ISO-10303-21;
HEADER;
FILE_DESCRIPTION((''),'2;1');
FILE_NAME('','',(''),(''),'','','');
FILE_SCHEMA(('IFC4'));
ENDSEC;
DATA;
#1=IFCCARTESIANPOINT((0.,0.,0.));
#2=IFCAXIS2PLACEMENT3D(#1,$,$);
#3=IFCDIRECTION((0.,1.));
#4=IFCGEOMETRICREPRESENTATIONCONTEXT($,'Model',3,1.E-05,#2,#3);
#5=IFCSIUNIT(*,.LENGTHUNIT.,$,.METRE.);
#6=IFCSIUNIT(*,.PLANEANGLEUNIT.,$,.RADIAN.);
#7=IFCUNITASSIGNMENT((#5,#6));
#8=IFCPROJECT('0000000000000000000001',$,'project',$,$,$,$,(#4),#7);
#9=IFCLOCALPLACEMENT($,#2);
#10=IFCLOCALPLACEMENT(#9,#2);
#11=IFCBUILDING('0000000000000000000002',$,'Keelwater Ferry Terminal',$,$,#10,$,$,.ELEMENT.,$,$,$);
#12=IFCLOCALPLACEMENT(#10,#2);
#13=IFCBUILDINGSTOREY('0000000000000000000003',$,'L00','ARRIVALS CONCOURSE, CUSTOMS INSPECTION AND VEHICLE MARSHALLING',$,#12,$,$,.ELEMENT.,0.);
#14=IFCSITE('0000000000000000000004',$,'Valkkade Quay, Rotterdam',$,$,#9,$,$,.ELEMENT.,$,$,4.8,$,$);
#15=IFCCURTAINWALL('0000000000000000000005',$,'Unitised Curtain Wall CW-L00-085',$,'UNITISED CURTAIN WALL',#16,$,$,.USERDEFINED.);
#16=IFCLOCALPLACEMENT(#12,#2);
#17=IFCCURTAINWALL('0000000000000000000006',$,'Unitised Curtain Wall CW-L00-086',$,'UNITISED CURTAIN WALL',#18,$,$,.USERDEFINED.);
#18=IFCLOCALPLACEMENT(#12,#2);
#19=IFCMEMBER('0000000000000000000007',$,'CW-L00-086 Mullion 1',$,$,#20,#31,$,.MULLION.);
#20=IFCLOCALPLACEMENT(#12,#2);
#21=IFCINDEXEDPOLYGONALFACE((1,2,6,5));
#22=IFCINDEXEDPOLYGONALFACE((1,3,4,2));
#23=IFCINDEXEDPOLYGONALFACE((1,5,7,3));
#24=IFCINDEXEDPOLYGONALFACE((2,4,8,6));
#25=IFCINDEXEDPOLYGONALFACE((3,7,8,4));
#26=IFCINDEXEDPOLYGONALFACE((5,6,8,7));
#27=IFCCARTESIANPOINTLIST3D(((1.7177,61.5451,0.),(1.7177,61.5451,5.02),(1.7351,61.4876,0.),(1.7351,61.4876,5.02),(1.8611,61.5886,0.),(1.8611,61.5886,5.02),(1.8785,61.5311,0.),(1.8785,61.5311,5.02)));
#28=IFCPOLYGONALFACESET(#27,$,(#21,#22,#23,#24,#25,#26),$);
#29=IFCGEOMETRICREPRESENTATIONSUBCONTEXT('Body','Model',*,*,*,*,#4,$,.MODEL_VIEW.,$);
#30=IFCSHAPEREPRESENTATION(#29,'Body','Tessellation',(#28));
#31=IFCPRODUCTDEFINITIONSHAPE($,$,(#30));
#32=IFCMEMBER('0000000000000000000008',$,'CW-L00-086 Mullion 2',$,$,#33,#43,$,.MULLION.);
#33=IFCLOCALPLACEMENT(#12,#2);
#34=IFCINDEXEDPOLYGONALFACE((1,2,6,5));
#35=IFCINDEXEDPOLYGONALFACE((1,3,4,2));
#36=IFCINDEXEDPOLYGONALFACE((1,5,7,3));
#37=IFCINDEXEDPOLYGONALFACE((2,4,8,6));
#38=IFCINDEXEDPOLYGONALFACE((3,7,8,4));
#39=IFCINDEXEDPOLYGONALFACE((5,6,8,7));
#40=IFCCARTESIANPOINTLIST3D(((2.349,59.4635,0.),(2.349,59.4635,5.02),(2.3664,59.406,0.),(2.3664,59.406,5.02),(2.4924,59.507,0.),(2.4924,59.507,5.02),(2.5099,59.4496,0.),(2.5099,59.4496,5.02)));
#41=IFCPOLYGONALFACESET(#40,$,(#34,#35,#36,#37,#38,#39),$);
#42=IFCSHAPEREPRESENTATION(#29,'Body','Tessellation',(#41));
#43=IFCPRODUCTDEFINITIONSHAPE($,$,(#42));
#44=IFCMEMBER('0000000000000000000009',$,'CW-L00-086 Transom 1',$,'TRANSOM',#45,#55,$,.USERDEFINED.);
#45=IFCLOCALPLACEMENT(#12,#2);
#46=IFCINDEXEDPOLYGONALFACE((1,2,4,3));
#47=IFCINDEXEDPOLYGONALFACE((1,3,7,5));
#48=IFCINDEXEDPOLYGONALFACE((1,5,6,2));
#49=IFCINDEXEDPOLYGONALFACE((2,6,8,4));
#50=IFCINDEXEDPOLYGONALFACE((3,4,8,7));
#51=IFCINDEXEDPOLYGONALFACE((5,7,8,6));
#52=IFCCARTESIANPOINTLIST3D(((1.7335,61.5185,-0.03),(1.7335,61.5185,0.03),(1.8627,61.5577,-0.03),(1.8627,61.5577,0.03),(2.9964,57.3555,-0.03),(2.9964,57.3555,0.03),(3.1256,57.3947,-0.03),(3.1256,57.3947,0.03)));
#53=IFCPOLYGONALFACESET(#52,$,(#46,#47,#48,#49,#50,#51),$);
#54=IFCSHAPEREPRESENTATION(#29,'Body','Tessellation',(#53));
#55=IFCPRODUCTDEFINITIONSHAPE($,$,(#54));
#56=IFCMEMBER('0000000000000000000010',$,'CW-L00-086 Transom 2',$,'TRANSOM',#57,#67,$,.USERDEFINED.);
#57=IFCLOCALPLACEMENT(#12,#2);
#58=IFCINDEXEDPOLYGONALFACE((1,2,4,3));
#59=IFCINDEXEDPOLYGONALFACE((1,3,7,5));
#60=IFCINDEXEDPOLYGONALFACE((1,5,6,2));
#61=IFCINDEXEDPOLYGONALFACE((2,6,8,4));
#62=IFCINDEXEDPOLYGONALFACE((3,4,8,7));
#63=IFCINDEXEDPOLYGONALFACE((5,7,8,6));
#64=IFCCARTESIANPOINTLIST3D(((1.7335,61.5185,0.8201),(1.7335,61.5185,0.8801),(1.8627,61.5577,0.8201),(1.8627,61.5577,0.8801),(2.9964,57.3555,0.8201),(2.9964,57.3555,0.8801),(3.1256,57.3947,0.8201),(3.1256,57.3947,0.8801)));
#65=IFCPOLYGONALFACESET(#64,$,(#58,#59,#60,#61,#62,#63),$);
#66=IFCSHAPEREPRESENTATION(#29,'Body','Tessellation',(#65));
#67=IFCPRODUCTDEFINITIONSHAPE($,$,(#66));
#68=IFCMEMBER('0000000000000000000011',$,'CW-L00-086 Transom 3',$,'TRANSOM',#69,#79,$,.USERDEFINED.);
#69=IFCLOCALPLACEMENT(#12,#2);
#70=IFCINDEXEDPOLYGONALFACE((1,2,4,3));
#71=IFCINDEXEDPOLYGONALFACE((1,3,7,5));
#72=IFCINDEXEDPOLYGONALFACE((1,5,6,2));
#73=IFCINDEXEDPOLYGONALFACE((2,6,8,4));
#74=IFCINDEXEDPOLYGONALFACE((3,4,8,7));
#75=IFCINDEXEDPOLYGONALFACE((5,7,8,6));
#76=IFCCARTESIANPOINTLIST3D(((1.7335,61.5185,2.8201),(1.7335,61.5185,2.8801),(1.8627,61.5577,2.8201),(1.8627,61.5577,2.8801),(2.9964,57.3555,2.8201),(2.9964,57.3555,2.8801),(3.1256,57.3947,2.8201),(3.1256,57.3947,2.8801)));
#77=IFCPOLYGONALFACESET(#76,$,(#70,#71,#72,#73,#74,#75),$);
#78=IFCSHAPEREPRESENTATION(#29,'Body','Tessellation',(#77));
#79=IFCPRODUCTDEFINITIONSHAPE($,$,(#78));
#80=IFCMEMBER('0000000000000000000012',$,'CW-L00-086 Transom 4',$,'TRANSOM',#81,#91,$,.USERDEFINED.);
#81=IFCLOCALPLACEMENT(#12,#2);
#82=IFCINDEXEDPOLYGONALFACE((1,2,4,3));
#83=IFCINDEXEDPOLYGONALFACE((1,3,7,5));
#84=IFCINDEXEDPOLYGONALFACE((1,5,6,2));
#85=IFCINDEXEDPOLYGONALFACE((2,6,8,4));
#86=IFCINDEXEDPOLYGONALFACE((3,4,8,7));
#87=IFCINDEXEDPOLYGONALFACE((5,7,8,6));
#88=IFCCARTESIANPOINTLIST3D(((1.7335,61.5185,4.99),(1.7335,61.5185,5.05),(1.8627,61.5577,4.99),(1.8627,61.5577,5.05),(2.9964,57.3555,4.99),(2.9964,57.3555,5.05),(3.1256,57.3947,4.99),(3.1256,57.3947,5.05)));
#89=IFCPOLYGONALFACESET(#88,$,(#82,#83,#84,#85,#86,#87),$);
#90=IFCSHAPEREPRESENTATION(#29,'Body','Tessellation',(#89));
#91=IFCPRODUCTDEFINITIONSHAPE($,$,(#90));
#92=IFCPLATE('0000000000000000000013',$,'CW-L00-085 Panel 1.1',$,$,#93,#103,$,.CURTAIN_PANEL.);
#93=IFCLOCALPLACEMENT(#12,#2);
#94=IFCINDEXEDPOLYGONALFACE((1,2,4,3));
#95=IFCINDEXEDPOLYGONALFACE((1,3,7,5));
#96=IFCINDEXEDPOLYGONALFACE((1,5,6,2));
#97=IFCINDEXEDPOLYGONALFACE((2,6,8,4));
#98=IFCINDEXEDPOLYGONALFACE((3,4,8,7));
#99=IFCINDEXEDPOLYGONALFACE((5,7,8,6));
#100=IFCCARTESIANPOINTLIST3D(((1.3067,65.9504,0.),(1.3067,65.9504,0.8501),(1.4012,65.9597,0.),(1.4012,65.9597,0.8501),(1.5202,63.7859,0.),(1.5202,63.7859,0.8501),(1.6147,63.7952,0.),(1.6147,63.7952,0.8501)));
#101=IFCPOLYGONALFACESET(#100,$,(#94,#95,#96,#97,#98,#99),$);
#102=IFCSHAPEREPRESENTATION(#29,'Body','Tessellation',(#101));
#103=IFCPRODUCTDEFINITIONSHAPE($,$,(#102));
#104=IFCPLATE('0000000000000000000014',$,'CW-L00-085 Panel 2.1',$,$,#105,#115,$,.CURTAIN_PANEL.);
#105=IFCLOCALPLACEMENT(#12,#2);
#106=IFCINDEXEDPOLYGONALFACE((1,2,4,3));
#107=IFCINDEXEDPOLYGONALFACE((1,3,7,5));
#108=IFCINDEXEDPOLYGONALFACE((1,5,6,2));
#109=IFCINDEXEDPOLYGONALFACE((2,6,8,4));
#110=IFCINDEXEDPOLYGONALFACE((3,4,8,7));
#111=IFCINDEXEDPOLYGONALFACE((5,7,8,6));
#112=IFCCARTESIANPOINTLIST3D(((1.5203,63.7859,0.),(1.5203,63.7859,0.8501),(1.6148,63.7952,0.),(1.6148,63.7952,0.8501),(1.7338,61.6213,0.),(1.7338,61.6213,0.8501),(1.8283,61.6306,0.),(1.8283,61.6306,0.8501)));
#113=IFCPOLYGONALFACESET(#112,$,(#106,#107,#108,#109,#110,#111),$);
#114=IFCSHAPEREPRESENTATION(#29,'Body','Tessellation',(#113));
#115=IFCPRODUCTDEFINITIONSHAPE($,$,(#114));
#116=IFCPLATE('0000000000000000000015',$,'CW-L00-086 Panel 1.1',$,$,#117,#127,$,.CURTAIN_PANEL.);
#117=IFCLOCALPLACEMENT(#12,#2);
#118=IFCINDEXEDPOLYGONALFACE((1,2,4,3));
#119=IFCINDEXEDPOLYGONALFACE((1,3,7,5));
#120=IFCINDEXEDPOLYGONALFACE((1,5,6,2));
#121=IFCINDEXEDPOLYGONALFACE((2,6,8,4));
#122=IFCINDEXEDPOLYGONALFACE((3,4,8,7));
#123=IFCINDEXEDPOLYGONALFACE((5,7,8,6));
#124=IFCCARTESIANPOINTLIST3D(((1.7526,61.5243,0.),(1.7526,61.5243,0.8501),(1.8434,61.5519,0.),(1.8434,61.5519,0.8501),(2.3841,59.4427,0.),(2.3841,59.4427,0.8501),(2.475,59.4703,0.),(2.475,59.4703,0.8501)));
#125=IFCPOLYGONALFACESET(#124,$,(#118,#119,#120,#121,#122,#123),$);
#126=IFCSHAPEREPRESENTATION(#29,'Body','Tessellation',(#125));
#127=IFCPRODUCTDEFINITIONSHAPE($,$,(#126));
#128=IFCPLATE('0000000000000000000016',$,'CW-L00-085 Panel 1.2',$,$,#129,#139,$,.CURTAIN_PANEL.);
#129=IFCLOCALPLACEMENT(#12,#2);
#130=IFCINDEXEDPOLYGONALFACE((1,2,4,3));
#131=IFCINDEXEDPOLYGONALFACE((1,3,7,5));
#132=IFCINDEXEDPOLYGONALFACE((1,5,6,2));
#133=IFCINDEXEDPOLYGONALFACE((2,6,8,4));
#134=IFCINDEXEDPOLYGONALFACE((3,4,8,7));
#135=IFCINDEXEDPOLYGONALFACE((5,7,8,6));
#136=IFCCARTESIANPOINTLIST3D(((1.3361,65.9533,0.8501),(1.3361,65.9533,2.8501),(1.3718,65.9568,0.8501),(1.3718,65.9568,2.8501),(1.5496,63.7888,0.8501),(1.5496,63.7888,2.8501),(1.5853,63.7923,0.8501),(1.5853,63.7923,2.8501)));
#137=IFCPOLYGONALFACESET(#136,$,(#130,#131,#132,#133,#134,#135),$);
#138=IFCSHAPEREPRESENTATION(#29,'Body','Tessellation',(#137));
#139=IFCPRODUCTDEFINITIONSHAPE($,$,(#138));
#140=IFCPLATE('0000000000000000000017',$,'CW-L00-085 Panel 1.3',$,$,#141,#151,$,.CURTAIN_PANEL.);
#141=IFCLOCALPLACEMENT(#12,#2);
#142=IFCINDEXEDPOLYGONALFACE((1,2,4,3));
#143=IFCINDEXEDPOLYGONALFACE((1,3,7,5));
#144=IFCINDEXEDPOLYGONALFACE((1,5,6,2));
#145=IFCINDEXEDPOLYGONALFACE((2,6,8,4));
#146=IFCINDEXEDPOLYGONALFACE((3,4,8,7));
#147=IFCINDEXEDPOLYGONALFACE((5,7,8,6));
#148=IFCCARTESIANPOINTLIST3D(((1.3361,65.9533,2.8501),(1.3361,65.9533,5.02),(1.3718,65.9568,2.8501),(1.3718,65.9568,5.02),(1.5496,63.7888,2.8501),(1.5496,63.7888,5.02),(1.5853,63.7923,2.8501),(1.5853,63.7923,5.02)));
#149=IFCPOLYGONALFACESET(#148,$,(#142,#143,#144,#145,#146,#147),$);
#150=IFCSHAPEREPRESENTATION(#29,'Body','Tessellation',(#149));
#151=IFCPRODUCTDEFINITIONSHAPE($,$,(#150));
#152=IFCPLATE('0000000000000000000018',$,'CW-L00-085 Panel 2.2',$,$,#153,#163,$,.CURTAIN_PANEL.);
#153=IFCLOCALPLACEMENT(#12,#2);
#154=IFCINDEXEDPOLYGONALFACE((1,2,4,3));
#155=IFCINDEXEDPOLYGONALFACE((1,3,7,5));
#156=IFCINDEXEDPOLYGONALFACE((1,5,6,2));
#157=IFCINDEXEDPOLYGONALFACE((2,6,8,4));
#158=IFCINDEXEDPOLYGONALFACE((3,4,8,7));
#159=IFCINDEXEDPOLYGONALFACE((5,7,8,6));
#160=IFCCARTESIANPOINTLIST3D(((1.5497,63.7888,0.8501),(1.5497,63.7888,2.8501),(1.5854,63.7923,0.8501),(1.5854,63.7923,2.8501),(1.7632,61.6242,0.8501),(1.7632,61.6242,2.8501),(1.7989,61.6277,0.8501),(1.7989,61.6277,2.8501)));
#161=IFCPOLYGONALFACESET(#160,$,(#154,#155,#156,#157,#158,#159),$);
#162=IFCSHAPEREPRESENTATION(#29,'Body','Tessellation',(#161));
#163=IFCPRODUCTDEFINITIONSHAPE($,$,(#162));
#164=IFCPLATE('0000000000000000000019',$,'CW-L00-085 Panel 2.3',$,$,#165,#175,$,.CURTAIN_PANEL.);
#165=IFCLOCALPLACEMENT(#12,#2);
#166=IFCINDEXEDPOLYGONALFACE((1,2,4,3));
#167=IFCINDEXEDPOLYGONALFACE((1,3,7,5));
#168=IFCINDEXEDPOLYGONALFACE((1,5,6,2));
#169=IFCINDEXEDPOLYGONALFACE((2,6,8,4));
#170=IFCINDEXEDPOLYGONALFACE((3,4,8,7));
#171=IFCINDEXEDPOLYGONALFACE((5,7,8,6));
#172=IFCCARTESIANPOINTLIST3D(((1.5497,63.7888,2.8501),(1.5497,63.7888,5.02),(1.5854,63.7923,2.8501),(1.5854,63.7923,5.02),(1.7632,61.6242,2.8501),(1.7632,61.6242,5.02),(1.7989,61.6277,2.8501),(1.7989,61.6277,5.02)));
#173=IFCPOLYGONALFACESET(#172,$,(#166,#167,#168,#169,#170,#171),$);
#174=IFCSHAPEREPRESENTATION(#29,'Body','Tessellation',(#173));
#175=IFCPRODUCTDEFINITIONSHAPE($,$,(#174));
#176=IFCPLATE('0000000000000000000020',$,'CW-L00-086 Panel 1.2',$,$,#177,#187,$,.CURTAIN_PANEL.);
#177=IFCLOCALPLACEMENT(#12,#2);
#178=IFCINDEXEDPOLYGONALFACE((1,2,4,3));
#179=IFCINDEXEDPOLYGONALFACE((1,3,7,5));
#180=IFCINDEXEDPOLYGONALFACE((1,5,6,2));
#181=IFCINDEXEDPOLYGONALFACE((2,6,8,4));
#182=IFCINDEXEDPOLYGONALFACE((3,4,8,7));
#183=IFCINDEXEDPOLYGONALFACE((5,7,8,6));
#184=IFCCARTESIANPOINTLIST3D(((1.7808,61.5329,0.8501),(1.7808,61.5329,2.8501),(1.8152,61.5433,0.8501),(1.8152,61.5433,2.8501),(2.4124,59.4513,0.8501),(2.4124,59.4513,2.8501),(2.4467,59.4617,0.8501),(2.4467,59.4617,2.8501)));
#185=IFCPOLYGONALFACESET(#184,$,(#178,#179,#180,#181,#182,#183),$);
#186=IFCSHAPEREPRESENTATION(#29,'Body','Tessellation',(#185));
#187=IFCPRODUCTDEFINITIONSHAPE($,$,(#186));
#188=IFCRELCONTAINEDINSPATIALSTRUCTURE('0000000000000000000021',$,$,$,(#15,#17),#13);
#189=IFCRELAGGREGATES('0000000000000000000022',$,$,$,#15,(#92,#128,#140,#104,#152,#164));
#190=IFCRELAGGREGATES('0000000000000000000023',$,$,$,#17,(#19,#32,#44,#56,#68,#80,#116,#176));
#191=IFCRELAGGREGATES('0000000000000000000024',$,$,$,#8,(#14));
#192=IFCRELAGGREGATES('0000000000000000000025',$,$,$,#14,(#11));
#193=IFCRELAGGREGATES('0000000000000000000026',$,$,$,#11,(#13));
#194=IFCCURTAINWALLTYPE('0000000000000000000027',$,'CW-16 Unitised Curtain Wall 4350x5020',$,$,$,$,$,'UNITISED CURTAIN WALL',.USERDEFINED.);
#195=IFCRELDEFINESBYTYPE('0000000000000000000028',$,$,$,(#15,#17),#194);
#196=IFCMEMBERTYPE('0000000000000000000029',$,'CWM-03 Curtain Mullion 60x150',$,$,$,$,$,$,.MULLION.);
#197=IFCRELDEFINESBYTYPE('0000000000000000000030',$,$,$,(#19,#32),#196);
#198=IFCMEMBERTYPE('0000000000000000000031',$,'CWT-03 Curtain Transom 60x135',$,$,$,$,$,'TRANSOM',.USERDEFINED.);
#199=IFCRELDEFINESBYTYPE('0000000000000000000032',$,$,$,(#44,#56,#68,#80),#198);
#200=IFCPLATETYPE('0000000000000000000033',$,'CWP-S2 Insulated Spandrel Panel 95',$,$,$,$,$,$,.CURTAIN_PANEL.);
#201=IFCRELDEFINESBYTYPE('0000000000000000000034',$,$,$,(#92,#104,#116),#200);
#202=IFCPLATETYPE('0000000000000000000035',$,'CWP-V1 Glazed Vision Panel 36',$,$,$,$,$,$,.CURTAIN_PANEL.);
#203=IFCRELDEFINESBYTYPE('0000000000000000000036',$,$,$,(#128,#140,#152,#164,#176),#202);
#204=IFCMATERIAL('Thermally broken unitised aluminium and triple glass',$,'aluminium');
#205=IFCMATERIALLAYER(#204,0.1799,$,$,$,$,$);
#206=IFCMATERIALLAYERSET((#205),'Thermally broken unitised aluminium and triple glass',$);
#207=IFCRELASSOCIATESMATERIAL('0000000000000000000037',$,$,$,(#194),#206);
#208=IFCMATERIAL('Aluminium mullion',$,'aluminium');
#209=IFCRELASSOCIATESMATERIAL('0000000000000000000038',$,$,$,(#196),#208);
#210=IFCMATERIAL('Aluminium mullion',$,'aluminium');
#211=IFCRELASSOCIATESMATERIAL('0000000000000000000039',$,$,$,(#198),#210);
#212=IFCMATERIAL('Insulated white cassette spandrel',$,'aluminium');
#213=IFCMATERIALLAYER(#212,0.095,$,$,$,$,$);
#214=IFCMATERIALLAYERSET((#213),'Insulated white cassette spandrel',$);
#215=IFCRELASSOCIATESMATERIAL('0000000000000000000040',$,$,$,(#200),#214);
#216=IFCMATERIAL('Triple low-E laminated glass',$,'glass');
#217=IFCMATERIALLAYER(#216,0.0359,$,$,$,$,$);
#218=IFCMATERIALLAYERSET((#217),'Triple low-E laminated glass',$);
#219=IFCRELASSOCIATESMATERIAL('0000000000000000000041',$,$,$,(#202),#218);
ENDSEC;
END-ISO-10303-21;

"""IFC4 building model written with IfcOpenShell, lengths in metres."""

from ifc_helpers import new_model, si_unit, direction, frame, origin, origin_2d, place, context, subcontext, project, spatial, rectangle, extrude, material, layer, layer_set, material_profile, profile_set, type_object, element, aggregate, save


model = new_model("IFC4")

# Units and contexts
model_context = context("Model", 3, precision=1e-05, world=origin(), true_north=direction((0.0, 1.0)))
body_context = subcontext(model_context, "Body", "Model", "MODEL_VIEW")
ifc_project = project(units=[si_unit("LENGTHUNIT", "METRE"), si_unit("PLANEANGLEUNIT", "RADIAN")], contexts=[model_context])

# Site, building, storey
site_placement = place(None, origin())
site = spatial("IfcSite", under=ifc_project, at=site_placement, Name="Valkkade Quay, Rotterdam", CompositionType="ELEMENT", RefElevation=4.8)
building_placement = place(site_placement, origin())
building = spatial("IfcBuilding", under=site, at=building_placement, Name="Keelwater Ferry Terminal", CompositionType="ELEMENT")
storey_placement = place(building_placement, origin())
storey = spatial("IfcBuildingStorey", under=building, at=storey_placement, Name="L00", Description="ARRIVALS CONCOURSE, CUSTOMS INSPECTION AND VEHICLE MARSHALLING", CompositionType="ELEMENT", Elevation=0.0)

# Curtain walls, members
ifc_material_1 = material(Name="Thermally broken unitised aluminium and triple glass", Category="aluminium")
ifc_layer_1 = layer(ifc_material_1, 0.1799)
ifc_layer_set_1 = layer_set([ifc_layer_1], Name="Thermally broken unitised aluminium and triple glass")
curtain_wall_type = type_object("IfcCurtainWallType", Name="CW-16 Unitised Curtain Wall 4350x5020", ElementType="UNITISED CURTAIN WALL", PredefinedType="USERDEFINED", material=ifc_layer_set_1)
curtain_wall_1_placement = place(storey_placement, origin())
curtain_wall_1 = element("IfcCurtainWall", 1, at=curtain_wall_1_placement, inside=storey, type_object=curtain_wall_type, Name="Unitised Curtain Wall CW-L00-085", ObjectType="UNITISED CURTAIN WALL", PredefinedType="USERDEFINED")
ifc_material_2 = material(Name="Aluminium mullion", Category="aluminium")
ifc_material_profile_1 = material_profile(ifc_material_2, rectangle(XDim=0.0601, YDim=0.1499, at=origin_2d()), Name="CWM-03")
ifc_profile_set_1 = profile_set([ifc_material_profile_1], Name="Aluminium mullion")
member_type_1 = type_object("IfcMemberType", Name="CWM-03 Curtain Mullion 60x150", PredefinedType="MULLION", material=ifc_profile_set_1)
curtain_wall_2_placement = place(storey_placement, origin())
curtain_wall_2 = element("IfcCurtainWall", 2, at=curtain_wall_2_placement, inside=storey, type_object=curtain_wall_type, Name="Unitised Curtain Wall CW-L00-086", ObjectType="UNITISED CURTAIN WALL", PredefinedType="USERDEFINED")
member_1_placement = place(storey_placement, frame((1.7981, 61.5381, 0.0), z_axis=(0.0, 0.0, 1.0), x_axis=(0.29032, -0.95693, 0.0)))
member_1 = element("IfcMember", 3, at=member_1_placement, type_object=member_type_1, Name="CW-L00-086 Mullion 1", PredefinedType="MULLION", context=body_context, shape_type="SweptSolid", body=[
    extrude(rectangle(XDim=0.0601, YDim=0.1499, at=origin_2d()), origin(), (0.0, 0.0, 1.0), 5.02),
])
member_2_placement = place(storey_placement, frame((2.4294, 59.4565, 0.0), z_axis=(0.0, 0.0, 1.0), x_axis=(0.29032, -0.95693, 0.0)))
member_2 = element("IfcMember", 4, at=member_2_placement, type_object=member_type_1, Name="CW-L00-086 Mullion 2", PredefinedType="MULLION", context=body_context, shape_type="SweptSolid", body=[
    extrude(rectangle(XDim=0.0601, YDim=0.1499, at=origin_2d()), origin(), (0.0, 0.0, 1.0), 5.02),
])
ifc_material_3 = material(Name="Aluminium mullion", Category="aluminium")
ifc_material_profile_2 = material_profile(ifc_material_3, rectangle(XDim=0.135, YDim=0.0601, at=origin_2d()), Name="CWT-03")
ifc_profile_set_2 = profile_set([ifc_material_profile_2], Name="Aluminium mullion")
member_type_2 = type_object("IfcMemberType", Name="CWT-03 Curtain Transom 60x135", ElementType="TRANSOM", PredefinedType="USERDEFINED", material=ifc_profile_set_2)
member_3_placement = place(storey_placement, frame((1.7981, 61.5381, 0.0), z_axis=(0.290302, -0.956935, 0.0), x_axis=(0.956935, 0.290302, 0.0)))
member_3 = element("IfcMember", 5, at=member_3_placement, type_object=member_type_2, Name="CW-L00-086 Transom 1", ObjectType="TRANSOM", PredefinedType="USERDEFINED", context=body_context, shape_type="SweptSolid", body=[
    extrude(rectangle(XDim=0.135, YDim=0.0601, at=origin_2d()), origin(), (0.0, 0.0, 1.0), 4.3503),
])
member_4_placement = place(storey_placement, frame((1.7981, 61.5381, 0.8501), z_axis=(0.290302, -0.956935, 0.0), x_axis=(0.956935, 0.290302, 0.0)))
member_4 = element("IfcMember", 6, at=member_4_placement, type_object=member_type_2, Name="CW-L00-086 Transom 2", ObjectType="TRANSOM", PredefinedType="USERDEFINED", context=body_context, shape_type="SweptSolid", body=[
    extrude(rectangle(XDim=0.135, YDim=0.0601, at=origin_2d()), origin(), (0.0, 0.0, 1.0), 4.3503),
])
member_5_placement = place(storey_placement, frame((1.7981, 61.5381, 2.8501), z_axis=(0.290302, -0.956935, 0.0), x_axis=(0.956935, 0.290302, 0.0)))
member_5 = element("IfcMember", 7, at=member_5_placement, type_object=member_type_2, Name="CW-L00-086 Transom 3", ObjectType="TRANSOM", PredefinedType="USERDEFINED", context=body_context, shape_type="SweptSolid", body=[
    extrude(rectangle(XDim=0.135, YDim=0.0601, at=origin_2d()), origin(), (0.0, 0.0, 1.0), 4.3503),
])
member_6_placement = place(storey_placement, frame((1.7981, 61.5381, 5.02), z_axis=(0.290302, -0.956935, 0.0), x_axis=(0.956935, 0.290302, 0.0)))
member_6 = element("IfcMember", 8, at=member_6_placement, type_object=member_type_2, Name="CW-L00-086 Transom 4", ObjectType="TRANSOM", PredefinedType="USERDEFINED", context=body_context, shape_type="SweptSolid", body=[
    extrude(rectangle(XDim=0.135, YDim=0.0601, at=origin_2d()), origin(), (0.0, 0.0, 1.0), 4.3503),
])

# Plates
ifc_material_4 = material(Name="Insulated white cassette spandrel", Category="aluminium")
ifc_layer_2 = layer(ifc_material_4, 0.095)
ifc_layer_set_2 = layer_set([ifc_layer_2], Name="Insulated white cassette spandrel")
plate_type_1 = type_object("IfcPlateType", Name="CWP-S2 Insulated Spandrel Panel 95", PredefinedType="CURTAIN_PANEL", material=ifc_layer_set_2)
plate_1_placement = place(storey_placement, frame((1.4607, 64.8728, 0.0), z_axis=(0.0, 0.0, 1.0), x_axis=(0.098161, -0.995171, 0.0)))
plate_1 = element("IfcPlate", 9, at=plate_1_placement, type_object=plate_type_1, Name="CW-L00-085 Panel 1.1", PredefinedType="CURTAIN_PANEL", context=body_context, shape_type="SweptSolid", body=[
    extrude(rectangle(XDim=2.175, YDim=0.095, at=origin_2d()), origin(), (0.0, 0.0, 1.0), 0.8501),
])
plate_2_placement = place(storey_placement, frame((1.6743, 62.7083, 0.0), z_axis=(0.0, 0.0, 1.0), x_axis=(0.098161, -0.995171, 0.0)))
plate_2 = element("IfcPlate", 10, at=plate_2_placement, type_object=plate_type_1, Name="CW-L00-085 Panel 2.1", PredefinedType="CURTAIN_PANEL", context=body_context, shape_type="SweptSolid", body=[
    extrude(rectangle(XDim=2.175, YDim=0.095, at=origin_2d()), origin(), (0.0, 0.0, 1.0), 0.8501),
])
plate_3_placement = place(storey_placement, frame((2.1138, 60.4973, 0.0), z_axis=(0.0, 0.0, 1.0), x_axis=(0.29032, -0.95693, 0.0)))
plate_3 = element("IfcPlate", 11, at=plate_3_placement, type_object=plate_type_1, Name="CW-L00-086 Panel 1.1", PredefinedType="CURTAIN_PANEL", context=body_context, shape_type="SweptSolid", body=[
    extrude(rectangle(XDim=2.1753, YDim=0.095, at=origin_2d()), origin(), (0.0, 0.0, 1.0), 0.8501),
])
ifc_material_5 = material(Name="Triple low-E laminated glass", Category="glass")
ifc_layer_3 = layer(ifc_material_5, 0.0359)
ifc_layer_set_3 = layer_set([ifc_layer_3], Name="Triple low-E laminated glass")
plate_type_2 = type_object("IfcPlateType", Name="CWP-V1 Glazed Vision Panel 36", PredefinedType="CURTAIN_PANEL", material=ifc_layer_set_3)
plate_4_placement = place(storey_placement, frame((1.4607, 64.8728, 0.8501), z_axis=(0.0, 0.0, 1.0), x_axis=(0.098161, -0.995171, 0.0)))
plate_4 = element("IfcPlate", 12, at=plate_4_placement, type_object=plate_type_2, Name="CW-L00-085 Panel 1.2", PredefinedType="CURTAIN_PANEL", context=body_context, shape_type="SweptSolid", body=[
    extrude(rectangle(XDim=2.175, YDim=0.0359, at=origin_2d()), origin(), (0.0, 0.0, 1.0), 2.0),
])
plate_5_placement = place(storey_placement, frame((1.4607, 64.8728, 2.8501), z_axis=(0.0, 0.0, 1.0), x_axis=(0.098161, -0.995171, 0.0)))
plate_5 = element("IfcPlate", 13, at=plate_5_placement, type_object=plate_type_2, Name="CW-L00-085 Panel 1.3", PredefinedType="CURTAIN_PANEL", context=body_context, shape_type="SweptSolid", body=[
    extrude(rectangle(XDim=2.175, YDim=0.0359, at=origin_2d()), origin(), (0.0, 0.0, 1.0), 2.1699),
])
plate_6_placement = place(storey_placement, frame((1.6743, 62.7083, 0.8501), z_axis=(0.0, 0.0, 1.0), x_axis=(0.098161, -0.995171, 0.0)))
plate_6 = element("IfcPlate", 14, at=plate_6_placement, type_object=plate_type_2, Name="CW-L00-085 Panel 2.2", PredefinedType="CURTAIN_PANEL", context=body_context, shape_type="SweptSolid", body=[
    extrude(rectangle(XDim=2.175, YDim=0.0359, at=origin_2d()), origin(), (0.0, 0.0, 1.0), 2.0),
])
plate_7_placement = place(storey_placement, frame((1.6743, 62.7083, 2.8501), z_axis=(0.0, 0.0, 1.0), x_axis=(0.098161, -0.995171, 0.0)))
plate_7 = element("IfcPlate", 15, at=plate_7_placement, type_object=plate_type_2, Name="CW-L00-085 Panel 2.3", PredefinedType="CURTAIN_PANEL", context=body_context, shape_type="SweptSolid", body=[
    extrude(rectangle(XDim=2.175, YDim=0.0359, at=origin_2d()), origin(), (0.0, 0.0, 1.0), 2.1699),
])
aggregate(curtain_wall_1, [plate_1, plate_4, plate_5, plate_2, plate_6, plate_7])
plate_8_placement = place(storey_placement, frame((2.1138, 60.4973, 0.8501), z_axis=(0.0, 0.0, 1.0), x_axis=(0.29032, -0.95693, 0.0)))
plate_8 = element("IfcPlate", 16, at=plate_8_placement, type_object=plate_type_2, Name="CW-L00-086 Panel 1.2", PredefinedType="CURTAIN_PANEL", context=body_context, shape_type="SweptSolid", body=[
    extrude(rectangle(XDim=2.1753, YDim=0.0359, at=origin_2d()), origin(), (0.0, 0.0, 1.0), 2.0),
])
aggregate(curtain_wall_2, [member_1, member_2, member_3, member_4, member_5, member_6, plate_3, plate_8])

save(model, "model.ifc")
